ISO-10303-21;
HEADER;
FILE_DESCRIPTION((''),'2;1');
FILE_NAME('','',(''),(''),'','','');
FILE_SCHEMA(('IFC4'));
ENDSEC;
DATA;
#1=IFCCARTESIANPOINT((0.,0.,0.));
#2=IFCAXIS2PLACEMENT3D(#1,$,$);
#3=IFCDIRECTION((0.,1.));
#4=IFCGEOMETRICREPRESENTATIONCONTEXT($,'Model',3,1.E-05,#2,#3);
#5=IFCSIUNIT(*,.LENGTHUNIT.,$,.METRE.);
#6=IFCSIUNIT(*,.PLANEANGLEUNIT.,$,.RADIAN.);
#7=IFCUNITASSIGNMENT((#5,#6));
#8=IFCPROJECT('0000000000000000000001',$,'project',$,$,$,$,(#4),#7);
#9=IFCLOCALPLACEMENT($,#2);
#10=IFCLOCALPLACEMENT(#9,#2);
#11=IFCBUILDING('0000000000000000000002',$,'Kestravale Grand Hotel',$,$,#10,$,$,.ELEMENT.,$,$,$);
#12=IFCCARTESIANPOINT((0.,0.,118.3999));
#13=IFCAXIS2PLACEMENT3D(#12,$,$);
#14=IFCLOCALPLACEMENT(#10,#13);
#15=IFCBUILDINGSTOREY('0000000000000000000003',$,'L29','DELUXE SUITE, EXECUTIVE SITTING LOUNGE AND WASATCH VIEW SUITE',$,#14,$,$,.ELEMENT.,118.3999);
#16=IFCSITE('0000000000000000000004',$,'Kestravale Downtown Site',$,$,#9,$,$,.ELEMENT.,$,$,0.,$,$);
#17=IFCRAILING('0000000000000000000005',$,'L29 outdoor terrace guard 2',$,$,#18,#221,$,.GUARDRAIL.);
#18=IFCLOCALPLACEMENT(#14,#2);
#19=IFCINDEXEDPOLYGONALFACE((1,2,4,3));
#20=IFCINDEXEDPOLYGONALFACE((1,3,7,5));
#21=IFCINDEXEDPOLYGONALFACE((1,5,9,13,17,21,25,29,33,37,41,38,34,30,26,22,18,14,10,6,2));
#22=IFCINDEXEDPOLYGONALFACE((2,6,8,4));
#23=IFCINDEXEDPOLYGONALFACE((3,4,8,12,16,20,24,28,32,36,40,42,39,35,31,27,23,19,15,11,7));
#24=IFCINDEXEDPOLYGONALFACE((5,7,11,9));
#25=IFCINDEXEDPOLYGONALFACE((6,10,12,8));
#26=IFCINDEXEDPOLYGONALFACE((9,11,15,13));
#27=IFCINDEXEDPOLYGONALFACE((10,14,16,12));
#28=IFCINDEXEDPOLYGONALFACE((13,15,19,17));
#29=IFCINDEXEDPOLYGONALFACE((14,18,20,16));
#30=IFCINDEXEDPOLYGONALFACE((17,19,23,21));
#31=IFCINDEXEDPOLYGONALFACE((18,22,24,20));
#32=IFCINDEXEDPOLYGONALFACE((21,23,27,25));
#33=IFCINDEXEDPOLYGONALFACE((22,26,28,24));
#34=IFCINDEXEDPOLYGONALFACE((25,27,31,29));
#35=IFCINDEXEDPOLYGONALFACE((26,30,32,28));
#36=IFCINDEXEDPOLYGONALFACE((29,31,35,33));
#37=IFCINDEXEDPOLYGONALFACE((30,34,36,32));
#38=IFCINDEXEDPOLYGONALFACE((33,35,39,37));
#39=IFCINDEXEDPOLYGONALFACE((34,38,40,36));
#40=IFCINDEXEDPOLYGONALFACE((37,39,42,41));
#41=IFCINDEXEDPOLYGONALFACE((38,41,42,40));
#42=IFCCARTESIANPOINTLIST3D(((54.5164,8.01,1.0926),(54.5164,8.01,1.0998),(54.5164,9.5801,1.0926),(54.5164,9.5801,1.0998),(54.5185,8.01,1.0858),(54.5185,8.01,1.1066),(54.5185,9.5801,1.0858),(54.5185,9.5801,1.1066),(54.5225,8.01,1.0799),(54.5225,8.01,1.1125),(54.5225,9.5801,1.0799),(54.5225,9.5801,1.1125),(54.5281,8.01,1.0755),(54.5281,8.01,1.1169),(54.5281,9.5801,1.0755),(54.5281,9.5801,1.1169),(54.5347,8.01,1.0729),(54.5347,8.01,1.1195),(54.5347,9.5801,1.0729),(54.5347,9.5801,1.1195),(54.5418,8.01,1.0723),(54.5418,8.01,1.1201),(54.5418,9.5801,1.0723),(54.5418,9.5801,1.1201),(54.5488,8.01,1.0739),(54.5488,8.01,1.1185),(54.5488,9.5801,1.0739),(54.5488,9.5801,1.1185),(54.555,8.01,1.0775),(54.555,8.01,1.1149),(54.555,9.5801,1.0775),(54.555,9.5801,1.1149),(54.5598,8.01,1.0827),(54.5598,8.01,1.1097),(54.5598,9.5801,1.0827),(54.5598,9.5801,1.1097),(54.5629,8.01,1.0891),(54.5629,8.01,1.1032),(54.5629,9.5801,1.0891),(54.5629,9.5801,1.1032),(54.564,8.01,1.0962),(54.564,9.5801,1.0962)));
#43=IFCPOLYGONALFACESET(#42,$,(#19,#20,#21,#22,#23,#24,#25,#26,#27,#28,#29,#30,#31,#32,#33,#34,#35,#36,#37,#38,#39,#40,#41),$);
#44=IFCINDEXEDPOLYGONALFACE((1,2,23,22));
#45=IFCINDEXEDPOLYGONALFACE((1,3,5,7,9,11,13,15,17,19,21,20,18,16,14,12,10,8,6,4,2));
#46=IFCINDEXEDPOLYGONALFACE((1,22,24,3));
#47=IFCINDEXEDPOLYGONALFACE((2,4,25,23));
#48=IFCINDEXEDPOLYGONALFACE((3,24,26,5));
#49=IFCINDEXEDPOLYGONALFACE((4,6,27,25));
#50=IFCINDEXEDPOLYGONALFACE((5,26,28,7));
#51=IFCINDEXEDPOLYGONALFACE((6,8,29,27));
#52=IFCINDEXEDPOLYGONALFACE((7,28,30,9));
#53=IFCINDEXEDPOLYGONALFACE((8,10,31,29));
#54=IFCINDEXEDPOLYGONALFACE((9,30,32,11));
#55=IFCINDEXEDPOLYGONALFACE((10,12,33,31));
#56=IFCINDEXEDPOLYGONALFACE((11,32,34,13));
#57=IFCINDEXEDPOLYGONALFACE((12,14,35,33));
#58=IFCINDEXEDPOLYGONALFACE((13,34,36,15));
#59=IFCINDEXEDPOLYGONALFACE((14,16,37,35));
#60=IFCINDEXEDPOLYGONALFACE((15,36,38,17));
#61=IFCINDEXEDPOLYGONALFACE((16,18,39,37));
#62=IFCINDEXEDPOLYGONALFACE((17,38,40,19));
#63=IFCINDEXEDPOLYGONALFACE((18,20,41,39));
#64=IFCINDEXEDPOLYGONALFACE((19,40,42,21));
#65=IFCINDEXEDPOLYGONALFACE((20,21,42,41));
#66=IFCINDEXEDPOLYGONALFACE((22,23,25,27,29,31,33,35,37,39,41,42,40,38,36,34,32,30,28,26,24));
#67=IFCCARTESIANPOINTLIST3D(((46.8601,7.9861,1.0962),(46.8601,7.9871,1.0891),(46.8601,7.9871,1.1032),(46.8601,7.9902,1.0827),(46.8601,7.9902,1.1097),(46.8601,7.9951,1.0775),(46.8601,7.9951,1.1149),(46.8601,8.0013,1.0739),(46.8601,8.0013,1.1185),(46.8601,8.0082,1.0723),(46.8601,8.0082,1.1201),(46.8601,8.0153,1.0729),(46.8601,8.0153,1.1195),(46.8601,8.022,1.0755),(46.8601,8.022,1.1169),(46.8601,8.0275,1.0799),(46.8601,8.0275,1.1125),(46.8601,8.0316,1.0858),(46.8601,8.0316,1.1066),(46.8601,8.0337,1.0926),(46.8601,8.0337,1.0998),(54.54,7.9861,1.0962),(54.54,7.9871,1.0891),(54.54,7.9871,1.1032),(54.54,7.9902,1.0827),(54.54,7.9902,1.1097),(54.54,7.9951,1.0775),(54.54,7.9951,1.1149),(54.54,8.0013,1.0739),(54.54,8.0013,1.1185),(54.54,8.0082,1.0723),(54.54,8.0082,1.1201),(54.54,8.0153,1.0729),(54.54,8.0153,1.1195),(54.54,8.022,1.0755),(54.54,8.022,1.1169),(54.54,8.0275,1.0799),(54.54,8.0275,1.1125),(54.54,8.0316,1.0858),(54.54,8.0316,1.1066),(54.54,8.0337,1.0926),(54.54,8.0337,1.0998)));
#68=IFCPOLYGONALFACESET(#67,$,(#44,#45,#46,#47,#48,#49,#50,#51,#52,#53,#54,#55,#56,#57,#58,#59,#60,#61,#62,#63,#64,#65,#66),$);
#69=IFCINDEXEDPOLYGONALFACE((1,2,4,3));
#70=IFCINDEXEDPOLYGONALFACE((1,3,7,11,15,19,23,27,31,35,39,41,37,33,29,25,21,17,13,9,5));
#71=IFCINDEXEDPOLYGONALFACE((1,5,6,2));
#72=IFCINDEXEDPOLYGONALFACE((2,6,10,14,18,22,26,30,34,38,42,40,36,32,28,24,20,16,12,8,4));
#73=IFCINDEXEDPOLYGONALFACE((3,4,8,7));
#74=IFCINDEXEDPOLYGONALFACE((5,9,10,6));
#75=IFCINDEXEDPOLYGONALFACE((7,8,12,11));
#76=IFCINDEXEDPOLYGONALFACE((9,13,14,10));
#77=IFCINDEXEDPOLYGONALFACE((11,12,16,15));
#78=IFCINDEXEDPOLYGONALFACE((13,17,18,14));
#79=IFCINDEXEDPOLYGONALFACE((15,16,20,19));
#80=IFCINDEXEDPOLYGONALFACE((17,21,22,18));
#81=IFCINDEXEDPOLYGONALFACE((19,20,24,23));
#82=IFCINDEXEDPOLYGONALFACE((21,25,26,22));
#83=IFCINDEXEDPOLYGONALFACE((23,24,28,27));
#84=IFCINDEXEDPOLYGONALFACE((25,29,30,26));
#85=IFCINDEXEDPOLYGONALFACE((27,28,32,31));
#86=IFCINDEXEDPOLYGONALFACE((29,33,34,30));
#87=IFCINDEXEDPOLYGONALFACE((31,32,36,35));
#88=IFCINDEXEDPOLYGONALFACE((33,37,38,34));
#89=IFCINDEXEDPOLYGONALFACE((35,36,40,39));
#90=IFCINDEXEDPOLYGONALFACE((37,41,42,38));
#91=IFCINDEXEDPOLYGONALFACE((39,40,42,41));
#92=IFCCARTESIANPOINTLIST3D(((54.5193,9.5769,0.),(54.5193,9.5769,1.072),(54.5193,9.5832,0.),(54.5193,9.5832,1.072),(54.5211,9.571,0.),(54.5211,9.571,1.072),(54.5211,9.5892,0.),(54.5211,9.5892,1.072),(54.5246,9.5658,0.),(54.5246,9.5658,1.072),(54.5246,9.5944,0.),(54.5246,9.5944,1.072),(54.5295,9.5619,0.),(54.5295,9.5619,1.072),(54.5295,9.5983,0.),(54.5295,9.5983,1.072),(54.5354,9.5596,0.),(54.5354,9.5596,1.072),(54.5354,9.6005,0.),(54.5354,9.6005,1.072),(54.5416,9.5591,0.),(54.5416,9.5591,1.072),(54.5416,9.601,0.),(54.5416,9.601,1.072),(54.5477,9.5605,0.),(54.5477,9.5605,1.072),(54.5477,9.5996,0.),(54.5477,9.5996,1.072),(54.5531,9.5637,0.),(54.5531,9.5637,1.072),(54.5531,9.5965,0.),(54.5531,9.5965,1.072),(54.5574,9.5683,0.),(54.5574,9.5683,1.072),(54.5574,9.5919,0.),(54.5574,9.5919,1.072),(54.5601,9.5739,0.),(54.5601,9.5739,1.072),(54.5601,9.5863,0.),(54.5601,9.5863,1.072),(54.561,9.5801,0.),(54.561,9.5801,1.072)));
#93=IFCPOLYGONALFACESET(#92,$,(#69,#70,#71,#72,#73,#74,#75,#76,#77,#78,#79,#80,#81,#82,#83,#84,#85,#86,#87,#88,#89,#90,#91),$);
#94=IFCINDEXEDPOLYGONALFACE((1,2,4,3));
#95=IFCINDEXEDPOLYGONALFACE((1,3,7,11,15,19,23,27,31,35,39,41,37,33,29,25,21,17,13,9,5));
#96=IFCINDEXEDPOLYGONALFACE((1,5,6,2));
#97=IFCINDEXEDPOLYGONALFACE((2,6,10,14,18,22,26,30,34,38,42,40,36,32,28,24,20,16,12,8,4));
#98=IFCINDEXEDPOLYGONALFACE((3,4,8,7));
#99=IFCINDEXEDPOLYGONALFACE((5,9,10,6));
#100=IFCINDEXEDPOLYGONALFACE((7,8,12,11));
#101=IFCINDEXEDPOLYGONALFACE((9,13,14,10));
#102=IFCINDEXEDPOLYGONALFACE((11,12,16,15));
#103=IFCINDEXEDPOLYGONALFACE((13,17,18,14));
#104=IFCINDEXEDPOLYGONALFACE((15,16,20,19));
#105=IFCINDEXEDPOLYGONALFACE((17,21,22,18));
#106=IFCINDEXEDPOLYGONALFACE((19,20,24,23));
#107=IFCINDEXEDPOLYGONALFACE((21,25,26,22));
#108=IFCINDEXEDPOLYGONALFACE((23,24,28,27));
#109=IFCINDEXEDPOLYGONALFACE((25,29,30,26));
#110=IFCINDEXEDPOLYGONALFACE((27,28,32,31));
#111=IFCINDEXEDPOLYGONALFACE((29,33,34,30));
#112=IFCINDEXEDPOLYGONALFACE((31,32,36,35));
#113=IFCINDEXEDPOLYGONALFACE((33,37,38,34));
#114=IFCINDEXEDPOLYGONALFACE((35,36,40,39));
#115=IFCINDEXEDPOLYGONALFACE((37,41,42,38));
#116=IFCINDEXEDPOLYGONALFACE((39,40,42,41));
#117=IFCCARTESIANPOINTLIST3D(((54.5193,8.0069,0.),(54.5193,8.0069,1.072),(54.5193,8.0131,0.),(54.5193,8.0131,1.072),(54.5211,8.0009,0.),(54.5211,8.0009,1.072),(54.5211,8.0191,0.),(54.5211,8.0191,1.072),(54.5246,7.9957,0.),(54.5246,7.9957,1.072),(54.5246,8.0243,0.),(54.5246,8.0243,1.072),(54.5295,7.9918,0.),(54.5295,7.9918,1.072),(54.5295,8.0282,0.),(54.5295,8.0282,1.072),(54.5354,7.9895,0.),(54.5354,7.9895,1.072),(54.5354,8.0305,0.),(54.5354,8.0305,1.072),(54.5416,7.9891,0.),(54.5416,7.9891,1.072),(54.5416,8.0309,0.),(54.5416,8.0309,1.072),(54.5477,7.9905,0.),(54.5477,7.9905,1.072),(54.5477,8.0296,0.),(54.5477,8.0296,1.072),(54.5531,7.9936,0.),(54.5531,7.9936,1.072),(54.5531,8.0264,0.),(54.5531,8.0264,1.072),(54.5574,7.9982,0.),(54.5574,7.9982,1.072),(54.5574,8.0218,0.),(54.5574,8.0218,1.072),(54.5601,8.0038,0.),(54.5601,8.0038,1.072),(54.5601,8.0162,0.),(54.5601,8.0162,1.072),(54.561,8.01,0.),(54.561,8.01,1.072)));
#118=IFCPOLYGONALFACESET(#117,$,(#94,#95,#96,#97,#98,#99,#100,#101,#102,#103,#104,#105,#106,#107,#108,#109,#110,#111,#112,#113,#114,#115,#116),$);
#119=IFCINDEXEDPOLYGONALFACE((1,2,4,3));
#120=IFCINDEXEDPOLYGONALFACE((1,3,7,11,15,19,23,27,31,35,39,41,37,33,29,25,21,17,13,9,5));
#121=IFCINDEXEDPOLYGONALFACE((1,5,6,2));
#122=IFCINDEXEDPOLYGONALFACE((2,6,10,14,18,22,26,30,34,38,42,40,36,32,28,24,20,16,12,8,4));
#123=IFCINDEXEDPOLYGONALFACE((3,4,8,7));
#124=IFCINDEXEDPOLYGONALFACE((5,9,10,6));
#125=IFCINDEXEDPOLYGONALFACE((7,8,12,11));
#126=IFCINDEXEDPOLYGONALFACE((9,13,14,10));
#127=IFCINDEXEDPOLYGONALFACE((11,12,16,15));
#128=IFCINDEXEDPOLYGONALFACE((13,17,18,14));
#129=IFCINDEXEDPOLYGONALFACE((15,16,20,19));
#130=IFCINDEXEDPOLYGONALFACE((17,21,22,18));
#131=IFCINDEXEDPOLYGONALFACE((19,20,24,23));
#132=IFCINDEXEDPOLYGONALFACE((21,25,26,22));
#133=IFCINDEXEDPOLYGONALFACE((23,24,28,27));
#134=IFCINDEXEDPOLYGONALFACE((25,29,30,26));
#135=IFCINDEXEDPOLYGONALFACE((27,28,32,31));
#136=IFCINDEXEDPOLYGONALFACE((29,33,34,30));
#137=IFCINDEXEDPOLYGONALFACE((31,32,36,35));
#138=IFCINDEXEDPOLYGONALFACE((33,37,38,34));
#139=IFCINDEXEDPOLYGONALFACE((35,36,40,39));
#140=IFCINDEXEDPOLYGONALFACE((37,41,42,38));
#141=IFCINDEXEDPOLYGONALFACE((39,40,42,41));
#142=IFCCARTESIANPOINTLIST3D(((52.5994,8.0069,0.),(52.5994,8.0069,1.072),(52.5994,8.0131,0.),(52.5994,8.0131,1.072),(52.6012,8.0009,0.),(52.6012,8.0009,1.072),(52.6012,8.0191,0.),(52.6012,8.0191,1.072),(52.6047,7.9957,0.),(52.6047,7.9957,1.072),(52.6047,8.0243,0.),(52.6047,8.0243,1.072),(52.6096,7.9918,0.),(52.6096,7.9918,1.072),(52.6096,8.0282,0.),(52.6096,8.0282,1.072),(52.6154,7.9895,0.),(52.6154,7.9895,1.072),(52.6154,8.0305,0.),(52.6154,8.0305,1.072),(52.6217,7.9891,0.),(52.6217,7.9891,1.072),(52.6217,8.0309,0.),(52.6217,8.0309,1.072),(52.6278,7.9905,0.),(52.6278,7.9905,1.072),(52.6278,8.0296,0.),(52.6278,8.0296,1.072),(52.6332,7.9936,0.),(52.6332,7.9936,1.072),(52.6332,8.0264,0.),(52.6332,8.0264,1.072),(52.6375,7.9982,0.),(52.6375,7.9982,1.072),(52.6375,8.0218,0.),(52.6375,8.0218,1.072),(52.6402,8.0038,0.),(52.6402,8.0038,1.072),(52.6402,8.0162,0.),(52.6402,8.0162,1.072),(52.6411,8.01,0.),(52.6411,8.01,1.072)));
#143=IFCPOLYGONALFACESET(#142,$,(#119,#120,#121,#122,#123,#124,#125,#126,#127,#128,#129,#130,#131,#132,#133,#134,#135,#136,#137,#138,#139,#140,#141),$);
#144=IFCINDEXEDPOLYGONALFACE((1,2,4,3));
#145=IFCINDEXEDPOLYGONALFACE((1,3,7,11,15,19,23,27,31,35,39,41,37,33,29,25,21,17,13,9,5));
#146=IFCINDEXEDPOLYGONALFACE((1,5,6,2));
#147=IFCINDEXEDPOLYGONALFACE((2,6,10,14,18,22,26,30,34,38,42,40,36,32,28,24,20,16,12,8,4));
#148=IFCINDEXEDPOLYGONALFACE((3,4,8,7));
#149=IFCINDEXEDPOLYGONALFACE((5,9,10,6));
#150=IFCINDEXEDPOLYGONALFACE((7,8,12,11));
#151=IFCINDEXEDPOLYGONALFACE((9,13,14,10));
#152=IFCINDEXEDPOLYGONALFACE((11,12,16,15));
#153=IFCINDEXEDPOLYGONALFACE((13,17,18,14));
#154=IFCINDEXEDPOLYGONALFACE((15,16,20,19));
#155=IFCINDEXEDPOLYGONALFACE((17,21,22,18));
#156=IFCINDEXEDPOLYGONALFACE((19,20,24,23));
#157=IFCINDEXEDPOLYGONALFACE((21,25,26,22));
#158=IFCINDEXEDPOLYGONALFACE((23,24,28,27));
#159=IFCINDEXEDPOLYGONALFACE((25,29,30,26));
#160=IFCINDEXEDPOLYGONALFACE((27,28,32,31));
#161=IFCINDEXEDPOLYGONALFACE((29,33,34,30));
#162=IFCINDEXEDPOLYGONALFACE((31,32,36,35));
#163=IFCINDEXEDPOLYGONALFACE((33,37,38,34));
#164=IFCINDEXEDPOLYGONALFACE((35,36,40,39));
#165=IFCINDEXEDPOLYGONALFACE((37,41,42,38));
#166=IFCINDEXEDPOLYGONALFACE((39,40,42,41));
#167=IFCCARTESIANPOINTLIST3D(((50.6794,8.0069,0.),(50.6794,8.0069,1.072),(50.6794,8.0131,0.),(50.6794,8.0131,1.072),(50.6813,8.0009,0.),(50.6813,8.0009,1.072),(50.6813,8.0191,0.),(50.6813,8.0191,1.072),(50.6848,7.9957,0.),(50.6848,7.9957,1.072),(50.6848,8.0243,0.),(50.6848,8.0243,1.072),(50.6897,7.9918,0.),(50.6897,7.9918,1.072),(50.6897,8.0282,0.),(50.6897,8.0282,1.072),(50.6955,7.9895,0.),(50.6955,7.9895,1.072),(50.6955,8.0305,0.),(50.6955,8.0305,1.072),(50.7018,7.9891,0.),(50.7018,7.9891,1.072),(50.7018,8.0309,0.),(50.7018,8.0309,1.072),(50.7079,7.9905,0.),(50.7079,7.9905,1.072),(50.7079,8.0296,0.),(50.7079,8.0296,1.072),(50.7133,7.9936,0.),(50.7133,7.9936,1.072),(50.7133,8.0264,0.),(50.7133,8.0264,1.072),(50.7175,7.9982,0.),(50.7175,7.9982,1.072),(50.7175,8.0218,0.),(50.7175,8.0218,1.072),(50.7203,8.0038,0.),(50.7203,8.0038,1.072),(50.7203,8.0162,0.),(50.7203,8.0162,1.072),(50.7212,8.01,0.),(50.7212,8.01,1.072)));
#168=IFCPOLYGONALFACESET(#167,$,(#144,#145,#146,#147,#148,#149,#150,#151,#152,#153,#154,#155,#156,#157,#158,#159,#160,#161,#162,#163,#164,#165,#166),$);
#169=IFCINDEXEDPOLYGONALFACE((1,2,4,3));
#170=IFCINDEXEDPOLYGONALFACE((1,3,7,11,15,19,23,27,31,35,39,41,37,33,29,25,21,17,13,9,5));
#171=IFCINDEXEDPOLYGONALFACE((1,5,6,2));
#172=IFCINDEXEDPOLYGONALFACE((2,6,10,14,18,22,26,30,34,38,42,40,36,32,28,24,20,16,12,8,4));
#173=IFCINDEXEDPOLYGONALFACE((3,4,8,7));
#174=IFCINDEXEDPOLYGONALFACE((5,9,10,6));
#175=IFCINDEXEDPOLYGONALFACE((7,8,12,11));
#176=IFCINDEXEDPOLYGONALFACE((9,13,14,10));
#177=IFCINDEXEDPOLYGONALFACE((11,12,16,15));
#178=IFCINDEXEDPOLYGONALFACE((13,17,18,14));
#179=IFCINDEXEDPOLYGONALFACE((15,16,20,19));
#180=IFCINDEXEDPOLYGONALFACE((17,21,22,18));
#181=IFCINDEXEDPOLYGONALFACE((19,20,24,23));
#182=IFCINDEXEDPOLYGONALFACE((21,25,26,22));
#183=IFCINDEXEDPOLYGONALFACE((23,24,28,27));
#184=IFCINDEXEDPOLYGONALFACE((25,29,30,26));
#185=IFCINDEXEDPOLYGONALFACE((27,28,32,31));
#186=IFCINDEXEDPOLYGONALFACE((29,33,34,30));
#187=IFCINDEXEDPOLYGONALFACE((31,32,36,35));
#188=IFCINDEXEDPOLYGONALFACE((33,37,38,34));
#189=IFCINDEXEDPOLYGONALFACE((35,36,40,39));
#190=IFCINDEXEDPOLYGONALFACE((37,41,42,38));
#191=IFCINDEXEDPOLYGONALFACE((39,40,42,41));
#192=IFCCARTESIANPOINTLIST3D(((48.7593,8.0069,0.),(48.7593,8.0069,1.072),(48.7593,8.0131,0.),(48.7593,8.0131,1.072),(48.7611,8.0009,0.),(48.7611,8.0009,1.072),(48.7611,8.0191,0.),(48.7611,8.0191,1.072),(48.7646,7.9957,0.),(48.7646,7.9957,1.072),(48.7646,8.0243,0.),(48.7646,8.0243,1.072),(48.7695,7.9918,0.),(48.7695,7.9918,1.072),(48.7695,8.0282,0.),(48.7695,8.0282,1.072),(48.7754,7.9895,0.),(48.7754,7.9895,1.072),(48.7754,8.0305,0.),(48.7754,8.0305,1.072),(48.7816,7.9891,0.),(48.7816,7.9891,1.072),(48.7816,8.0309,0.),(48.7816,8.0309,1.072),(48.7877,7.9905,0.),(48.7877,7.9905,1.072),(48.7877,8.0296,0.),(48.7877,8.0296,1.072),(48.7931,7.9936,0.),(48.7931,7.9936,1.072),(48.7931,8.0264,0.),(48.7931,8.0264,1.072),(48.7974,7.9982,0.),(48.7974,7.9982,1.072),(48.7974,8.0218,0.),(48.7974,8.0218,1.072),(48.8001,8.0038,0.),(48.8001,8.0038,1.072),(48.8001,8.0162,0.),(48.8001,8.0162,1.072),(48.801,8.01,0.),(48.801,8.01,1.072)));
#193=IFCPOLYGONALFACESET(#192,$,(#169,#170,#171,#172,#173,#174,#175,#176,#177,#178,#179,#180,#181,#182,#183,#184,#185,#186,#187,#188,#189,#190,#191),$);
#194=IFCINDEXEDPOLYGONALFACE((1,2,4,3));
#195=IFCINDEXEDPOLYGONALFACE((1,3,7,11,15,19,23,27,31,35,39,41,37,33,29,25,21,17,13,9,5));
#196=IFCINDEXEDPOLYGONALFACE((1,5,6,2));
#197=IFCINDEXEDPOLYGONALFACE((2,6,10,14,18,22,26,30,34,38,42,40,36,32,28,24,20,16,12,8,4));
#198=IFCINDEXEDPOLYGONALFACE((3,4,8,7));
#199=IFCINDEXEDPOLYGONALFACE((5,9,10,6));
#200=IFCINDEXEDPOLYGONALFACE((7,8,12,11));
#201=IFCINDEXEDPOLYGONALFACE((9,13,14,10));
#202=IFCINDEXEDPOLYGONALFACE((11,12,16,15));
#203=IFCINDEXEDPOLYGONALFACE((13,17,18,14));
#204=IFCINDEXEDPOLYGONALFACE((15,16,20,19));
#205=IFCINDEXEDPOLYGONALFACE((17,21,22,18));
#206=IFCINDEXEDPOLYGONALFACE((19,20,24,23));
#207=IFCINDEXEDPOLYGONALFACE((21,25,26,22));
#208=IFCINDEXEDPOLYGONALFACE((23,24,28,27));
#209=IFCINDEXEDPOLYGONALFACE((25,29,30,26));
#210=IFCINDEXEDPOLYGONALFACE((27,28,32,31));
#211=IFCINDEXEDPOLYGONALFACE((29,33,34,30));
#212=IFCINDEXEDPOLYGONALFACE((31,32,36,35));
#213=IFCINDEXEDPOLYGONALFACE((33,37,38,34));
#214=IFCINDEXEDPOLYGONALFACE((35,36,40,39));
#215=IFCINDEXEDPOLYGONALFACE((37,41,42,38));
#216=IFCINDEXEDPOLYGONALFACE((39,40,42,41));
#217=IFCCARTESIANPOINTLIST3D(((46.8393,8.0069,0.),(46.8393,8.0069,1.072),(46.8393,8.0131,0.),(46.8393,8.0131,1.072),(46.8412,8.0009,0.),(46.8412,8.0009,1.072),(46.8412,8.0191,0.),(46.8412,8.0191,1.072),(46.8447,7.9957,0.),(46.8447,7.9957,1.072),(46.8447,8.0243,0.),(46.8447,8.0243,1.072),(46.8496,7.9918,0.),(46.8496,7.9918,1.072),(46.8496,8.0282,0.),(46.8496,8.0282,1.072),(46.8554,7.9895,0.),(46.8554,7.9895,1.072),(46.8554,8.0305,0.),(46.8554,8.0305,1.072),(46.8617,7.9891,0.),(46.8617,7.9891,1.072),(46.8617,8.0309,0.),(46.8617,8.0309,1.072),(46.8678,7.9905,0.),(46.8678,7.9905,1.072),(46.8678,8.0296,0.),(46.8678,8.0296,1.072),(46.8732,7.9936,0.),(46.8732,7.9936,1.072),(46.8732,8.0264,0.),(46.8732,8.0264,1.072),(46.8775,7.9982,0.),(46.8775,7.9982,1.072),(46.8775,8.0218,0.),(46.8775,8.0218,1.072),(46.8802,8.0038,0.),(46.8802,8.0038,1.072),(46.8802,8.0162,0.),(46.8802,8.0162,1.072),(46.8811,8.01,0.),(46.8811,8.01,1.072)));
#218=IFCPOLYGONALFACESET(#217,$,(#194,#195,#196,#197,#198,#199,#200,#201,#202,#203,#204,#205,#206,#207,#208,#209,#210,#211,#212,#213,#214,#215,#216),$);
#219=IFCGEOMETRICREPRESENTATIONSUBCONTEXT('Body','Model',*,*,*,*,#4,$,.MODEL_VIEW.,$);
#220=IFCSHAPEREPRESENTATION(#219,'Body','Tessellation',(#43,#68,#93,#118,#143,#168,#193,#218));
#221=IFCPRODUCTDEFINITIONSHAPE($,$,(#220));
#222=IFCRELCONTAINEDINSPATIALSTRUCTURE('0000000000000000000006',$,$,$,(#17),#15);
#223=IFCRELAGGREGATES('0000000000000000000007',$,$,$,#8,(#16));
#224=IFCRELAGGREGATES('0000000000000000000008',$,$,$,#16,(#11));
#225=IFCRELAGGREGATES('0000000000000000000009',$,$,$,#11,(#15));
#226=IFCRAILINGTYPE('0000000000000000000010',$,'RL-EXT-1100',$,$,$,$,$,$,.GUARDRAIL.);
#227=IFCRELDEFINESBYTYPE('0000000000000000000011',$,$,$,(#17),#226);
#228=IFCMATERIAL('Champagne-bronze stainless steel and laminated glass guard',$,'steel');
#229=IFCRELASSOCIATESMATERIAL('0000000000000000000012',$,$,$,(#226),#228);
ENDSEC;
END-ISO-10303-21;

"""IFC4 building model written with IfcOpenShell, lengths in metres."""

from ifc_helpers import new_model, si_unit, direction, frame, origin, origin_2d, place, context, subcontext, project, spatial, circle, extrude, material, type_object, element, save


model = new_model("IFC4")

# Units and contexts
model_context = context("Model", 3, precision=1e-05, world=origin(), true_north=direction((0.0, 1.0)))
body_context = subcontext(model_context, "Body", "Model", "MODEL_VIEW")
ifc_project = project(units=[si_unit("LENGTHUNIT", "METRE"), si_unit("PLANEANGLEUNIT", "RADIAN")], contexts=[model_context])

# Site, building, storey
site_placement = place(None, origin())
site = spatial("IfcSite", under=ifc_project, at=site_placement, Name="Kestravale Downtown Site", CompositionType="ELEMENT", RefElevation=0.0)
building_placement = place(site_placement, origin())
building = spatial("IfcBuilding", under=site, at=building_placement, Name="Kestravale Grand Hotel", CompositionType="ELEMENT")
storey_placement = place(building_placement, frame((0.0, 0.0, 118.3999)))
storey = spatial("IfcBuildingStorey", under=building, at=storey_placement, Name="L29", Description="DELUXE SUITE, EXECUTIVE SITTING LOUNGE AND WASATCH VIEW SUITE", CompositionType="ELEMENT", Elevation=118.3999)

# Railing
ifc_material_1 = material(Name="Champagne-bronze stainless steel and laminated glass guard", Category="steel")
railing_type = type_object("IfcRailingType", Name="RL-EXT-1100", PredefinedType="GUARDRAIL", material=ifc_material_1)
railing_1_placement = place(storey_placement, frame((54.54, 9.5801, 0.0)))
element("IfcRailing", 1, at=railing_1_placement, inside=storey, type_object=railing_type, Name="L29 outdoor terrace guard 2", PredefinedType="GUARDRAIL", context=body_context, shape_type="SweptSolid", body=[
    extrude(circle(Radius=0.0239, at=origin_2d()), frame((0.0, 0.0, 1.0962), z_axis=(0.0, -1.0, 0.0), x_axis=(1.0, 0.0, 0.0)), (0.0, 0.0, 1.0), 1.5701),
    extrude(circle(Radius=0.0239, at=origin_2d()), frame((0.0, -1.5701, 1.0962), z_axis=(-1.0, 0.0, 0.0), x_axis=(0.0, -1.0, 0.0)), (0.0, 0.0, 1.0), 7.6799),
    extrude(circle(Radius=0.021, at=origin_2d()), origin(), (0.0, 0.0, 1.0), 1.072),
    extrude(circle(Radius=0.021, at=origin_2d()), frame((0.0, -1.5701, 0.0)), (0.0, 0.0, 1.0), 1.072),
    extrude(circle(Radius=0.021, at=origin_2d()), frame((-1.9199, -1.5701, 0.0)), (0.0, 0.0, 1.0), 1.072),
    extrude(circle(Radius=0.021, at=origin_2d()), frame((-3.8398, -1.5701, 0.0)), (0.0, 0.0, 1.0), 1.072),
    extrude(circle(Radius=0.021, at=origin_2d()), frame((-5.76, -1.5701, 0.0)), (0.0, 0.0, 1.0), 1.072),
    extrude(circle(Radius=0.021, at=origin_2d()), frame((-7.6799, -1.5701, 0.0)), (0.0, 0.0, 1.0), 1.072),
])

save(model, "model.ifc")
